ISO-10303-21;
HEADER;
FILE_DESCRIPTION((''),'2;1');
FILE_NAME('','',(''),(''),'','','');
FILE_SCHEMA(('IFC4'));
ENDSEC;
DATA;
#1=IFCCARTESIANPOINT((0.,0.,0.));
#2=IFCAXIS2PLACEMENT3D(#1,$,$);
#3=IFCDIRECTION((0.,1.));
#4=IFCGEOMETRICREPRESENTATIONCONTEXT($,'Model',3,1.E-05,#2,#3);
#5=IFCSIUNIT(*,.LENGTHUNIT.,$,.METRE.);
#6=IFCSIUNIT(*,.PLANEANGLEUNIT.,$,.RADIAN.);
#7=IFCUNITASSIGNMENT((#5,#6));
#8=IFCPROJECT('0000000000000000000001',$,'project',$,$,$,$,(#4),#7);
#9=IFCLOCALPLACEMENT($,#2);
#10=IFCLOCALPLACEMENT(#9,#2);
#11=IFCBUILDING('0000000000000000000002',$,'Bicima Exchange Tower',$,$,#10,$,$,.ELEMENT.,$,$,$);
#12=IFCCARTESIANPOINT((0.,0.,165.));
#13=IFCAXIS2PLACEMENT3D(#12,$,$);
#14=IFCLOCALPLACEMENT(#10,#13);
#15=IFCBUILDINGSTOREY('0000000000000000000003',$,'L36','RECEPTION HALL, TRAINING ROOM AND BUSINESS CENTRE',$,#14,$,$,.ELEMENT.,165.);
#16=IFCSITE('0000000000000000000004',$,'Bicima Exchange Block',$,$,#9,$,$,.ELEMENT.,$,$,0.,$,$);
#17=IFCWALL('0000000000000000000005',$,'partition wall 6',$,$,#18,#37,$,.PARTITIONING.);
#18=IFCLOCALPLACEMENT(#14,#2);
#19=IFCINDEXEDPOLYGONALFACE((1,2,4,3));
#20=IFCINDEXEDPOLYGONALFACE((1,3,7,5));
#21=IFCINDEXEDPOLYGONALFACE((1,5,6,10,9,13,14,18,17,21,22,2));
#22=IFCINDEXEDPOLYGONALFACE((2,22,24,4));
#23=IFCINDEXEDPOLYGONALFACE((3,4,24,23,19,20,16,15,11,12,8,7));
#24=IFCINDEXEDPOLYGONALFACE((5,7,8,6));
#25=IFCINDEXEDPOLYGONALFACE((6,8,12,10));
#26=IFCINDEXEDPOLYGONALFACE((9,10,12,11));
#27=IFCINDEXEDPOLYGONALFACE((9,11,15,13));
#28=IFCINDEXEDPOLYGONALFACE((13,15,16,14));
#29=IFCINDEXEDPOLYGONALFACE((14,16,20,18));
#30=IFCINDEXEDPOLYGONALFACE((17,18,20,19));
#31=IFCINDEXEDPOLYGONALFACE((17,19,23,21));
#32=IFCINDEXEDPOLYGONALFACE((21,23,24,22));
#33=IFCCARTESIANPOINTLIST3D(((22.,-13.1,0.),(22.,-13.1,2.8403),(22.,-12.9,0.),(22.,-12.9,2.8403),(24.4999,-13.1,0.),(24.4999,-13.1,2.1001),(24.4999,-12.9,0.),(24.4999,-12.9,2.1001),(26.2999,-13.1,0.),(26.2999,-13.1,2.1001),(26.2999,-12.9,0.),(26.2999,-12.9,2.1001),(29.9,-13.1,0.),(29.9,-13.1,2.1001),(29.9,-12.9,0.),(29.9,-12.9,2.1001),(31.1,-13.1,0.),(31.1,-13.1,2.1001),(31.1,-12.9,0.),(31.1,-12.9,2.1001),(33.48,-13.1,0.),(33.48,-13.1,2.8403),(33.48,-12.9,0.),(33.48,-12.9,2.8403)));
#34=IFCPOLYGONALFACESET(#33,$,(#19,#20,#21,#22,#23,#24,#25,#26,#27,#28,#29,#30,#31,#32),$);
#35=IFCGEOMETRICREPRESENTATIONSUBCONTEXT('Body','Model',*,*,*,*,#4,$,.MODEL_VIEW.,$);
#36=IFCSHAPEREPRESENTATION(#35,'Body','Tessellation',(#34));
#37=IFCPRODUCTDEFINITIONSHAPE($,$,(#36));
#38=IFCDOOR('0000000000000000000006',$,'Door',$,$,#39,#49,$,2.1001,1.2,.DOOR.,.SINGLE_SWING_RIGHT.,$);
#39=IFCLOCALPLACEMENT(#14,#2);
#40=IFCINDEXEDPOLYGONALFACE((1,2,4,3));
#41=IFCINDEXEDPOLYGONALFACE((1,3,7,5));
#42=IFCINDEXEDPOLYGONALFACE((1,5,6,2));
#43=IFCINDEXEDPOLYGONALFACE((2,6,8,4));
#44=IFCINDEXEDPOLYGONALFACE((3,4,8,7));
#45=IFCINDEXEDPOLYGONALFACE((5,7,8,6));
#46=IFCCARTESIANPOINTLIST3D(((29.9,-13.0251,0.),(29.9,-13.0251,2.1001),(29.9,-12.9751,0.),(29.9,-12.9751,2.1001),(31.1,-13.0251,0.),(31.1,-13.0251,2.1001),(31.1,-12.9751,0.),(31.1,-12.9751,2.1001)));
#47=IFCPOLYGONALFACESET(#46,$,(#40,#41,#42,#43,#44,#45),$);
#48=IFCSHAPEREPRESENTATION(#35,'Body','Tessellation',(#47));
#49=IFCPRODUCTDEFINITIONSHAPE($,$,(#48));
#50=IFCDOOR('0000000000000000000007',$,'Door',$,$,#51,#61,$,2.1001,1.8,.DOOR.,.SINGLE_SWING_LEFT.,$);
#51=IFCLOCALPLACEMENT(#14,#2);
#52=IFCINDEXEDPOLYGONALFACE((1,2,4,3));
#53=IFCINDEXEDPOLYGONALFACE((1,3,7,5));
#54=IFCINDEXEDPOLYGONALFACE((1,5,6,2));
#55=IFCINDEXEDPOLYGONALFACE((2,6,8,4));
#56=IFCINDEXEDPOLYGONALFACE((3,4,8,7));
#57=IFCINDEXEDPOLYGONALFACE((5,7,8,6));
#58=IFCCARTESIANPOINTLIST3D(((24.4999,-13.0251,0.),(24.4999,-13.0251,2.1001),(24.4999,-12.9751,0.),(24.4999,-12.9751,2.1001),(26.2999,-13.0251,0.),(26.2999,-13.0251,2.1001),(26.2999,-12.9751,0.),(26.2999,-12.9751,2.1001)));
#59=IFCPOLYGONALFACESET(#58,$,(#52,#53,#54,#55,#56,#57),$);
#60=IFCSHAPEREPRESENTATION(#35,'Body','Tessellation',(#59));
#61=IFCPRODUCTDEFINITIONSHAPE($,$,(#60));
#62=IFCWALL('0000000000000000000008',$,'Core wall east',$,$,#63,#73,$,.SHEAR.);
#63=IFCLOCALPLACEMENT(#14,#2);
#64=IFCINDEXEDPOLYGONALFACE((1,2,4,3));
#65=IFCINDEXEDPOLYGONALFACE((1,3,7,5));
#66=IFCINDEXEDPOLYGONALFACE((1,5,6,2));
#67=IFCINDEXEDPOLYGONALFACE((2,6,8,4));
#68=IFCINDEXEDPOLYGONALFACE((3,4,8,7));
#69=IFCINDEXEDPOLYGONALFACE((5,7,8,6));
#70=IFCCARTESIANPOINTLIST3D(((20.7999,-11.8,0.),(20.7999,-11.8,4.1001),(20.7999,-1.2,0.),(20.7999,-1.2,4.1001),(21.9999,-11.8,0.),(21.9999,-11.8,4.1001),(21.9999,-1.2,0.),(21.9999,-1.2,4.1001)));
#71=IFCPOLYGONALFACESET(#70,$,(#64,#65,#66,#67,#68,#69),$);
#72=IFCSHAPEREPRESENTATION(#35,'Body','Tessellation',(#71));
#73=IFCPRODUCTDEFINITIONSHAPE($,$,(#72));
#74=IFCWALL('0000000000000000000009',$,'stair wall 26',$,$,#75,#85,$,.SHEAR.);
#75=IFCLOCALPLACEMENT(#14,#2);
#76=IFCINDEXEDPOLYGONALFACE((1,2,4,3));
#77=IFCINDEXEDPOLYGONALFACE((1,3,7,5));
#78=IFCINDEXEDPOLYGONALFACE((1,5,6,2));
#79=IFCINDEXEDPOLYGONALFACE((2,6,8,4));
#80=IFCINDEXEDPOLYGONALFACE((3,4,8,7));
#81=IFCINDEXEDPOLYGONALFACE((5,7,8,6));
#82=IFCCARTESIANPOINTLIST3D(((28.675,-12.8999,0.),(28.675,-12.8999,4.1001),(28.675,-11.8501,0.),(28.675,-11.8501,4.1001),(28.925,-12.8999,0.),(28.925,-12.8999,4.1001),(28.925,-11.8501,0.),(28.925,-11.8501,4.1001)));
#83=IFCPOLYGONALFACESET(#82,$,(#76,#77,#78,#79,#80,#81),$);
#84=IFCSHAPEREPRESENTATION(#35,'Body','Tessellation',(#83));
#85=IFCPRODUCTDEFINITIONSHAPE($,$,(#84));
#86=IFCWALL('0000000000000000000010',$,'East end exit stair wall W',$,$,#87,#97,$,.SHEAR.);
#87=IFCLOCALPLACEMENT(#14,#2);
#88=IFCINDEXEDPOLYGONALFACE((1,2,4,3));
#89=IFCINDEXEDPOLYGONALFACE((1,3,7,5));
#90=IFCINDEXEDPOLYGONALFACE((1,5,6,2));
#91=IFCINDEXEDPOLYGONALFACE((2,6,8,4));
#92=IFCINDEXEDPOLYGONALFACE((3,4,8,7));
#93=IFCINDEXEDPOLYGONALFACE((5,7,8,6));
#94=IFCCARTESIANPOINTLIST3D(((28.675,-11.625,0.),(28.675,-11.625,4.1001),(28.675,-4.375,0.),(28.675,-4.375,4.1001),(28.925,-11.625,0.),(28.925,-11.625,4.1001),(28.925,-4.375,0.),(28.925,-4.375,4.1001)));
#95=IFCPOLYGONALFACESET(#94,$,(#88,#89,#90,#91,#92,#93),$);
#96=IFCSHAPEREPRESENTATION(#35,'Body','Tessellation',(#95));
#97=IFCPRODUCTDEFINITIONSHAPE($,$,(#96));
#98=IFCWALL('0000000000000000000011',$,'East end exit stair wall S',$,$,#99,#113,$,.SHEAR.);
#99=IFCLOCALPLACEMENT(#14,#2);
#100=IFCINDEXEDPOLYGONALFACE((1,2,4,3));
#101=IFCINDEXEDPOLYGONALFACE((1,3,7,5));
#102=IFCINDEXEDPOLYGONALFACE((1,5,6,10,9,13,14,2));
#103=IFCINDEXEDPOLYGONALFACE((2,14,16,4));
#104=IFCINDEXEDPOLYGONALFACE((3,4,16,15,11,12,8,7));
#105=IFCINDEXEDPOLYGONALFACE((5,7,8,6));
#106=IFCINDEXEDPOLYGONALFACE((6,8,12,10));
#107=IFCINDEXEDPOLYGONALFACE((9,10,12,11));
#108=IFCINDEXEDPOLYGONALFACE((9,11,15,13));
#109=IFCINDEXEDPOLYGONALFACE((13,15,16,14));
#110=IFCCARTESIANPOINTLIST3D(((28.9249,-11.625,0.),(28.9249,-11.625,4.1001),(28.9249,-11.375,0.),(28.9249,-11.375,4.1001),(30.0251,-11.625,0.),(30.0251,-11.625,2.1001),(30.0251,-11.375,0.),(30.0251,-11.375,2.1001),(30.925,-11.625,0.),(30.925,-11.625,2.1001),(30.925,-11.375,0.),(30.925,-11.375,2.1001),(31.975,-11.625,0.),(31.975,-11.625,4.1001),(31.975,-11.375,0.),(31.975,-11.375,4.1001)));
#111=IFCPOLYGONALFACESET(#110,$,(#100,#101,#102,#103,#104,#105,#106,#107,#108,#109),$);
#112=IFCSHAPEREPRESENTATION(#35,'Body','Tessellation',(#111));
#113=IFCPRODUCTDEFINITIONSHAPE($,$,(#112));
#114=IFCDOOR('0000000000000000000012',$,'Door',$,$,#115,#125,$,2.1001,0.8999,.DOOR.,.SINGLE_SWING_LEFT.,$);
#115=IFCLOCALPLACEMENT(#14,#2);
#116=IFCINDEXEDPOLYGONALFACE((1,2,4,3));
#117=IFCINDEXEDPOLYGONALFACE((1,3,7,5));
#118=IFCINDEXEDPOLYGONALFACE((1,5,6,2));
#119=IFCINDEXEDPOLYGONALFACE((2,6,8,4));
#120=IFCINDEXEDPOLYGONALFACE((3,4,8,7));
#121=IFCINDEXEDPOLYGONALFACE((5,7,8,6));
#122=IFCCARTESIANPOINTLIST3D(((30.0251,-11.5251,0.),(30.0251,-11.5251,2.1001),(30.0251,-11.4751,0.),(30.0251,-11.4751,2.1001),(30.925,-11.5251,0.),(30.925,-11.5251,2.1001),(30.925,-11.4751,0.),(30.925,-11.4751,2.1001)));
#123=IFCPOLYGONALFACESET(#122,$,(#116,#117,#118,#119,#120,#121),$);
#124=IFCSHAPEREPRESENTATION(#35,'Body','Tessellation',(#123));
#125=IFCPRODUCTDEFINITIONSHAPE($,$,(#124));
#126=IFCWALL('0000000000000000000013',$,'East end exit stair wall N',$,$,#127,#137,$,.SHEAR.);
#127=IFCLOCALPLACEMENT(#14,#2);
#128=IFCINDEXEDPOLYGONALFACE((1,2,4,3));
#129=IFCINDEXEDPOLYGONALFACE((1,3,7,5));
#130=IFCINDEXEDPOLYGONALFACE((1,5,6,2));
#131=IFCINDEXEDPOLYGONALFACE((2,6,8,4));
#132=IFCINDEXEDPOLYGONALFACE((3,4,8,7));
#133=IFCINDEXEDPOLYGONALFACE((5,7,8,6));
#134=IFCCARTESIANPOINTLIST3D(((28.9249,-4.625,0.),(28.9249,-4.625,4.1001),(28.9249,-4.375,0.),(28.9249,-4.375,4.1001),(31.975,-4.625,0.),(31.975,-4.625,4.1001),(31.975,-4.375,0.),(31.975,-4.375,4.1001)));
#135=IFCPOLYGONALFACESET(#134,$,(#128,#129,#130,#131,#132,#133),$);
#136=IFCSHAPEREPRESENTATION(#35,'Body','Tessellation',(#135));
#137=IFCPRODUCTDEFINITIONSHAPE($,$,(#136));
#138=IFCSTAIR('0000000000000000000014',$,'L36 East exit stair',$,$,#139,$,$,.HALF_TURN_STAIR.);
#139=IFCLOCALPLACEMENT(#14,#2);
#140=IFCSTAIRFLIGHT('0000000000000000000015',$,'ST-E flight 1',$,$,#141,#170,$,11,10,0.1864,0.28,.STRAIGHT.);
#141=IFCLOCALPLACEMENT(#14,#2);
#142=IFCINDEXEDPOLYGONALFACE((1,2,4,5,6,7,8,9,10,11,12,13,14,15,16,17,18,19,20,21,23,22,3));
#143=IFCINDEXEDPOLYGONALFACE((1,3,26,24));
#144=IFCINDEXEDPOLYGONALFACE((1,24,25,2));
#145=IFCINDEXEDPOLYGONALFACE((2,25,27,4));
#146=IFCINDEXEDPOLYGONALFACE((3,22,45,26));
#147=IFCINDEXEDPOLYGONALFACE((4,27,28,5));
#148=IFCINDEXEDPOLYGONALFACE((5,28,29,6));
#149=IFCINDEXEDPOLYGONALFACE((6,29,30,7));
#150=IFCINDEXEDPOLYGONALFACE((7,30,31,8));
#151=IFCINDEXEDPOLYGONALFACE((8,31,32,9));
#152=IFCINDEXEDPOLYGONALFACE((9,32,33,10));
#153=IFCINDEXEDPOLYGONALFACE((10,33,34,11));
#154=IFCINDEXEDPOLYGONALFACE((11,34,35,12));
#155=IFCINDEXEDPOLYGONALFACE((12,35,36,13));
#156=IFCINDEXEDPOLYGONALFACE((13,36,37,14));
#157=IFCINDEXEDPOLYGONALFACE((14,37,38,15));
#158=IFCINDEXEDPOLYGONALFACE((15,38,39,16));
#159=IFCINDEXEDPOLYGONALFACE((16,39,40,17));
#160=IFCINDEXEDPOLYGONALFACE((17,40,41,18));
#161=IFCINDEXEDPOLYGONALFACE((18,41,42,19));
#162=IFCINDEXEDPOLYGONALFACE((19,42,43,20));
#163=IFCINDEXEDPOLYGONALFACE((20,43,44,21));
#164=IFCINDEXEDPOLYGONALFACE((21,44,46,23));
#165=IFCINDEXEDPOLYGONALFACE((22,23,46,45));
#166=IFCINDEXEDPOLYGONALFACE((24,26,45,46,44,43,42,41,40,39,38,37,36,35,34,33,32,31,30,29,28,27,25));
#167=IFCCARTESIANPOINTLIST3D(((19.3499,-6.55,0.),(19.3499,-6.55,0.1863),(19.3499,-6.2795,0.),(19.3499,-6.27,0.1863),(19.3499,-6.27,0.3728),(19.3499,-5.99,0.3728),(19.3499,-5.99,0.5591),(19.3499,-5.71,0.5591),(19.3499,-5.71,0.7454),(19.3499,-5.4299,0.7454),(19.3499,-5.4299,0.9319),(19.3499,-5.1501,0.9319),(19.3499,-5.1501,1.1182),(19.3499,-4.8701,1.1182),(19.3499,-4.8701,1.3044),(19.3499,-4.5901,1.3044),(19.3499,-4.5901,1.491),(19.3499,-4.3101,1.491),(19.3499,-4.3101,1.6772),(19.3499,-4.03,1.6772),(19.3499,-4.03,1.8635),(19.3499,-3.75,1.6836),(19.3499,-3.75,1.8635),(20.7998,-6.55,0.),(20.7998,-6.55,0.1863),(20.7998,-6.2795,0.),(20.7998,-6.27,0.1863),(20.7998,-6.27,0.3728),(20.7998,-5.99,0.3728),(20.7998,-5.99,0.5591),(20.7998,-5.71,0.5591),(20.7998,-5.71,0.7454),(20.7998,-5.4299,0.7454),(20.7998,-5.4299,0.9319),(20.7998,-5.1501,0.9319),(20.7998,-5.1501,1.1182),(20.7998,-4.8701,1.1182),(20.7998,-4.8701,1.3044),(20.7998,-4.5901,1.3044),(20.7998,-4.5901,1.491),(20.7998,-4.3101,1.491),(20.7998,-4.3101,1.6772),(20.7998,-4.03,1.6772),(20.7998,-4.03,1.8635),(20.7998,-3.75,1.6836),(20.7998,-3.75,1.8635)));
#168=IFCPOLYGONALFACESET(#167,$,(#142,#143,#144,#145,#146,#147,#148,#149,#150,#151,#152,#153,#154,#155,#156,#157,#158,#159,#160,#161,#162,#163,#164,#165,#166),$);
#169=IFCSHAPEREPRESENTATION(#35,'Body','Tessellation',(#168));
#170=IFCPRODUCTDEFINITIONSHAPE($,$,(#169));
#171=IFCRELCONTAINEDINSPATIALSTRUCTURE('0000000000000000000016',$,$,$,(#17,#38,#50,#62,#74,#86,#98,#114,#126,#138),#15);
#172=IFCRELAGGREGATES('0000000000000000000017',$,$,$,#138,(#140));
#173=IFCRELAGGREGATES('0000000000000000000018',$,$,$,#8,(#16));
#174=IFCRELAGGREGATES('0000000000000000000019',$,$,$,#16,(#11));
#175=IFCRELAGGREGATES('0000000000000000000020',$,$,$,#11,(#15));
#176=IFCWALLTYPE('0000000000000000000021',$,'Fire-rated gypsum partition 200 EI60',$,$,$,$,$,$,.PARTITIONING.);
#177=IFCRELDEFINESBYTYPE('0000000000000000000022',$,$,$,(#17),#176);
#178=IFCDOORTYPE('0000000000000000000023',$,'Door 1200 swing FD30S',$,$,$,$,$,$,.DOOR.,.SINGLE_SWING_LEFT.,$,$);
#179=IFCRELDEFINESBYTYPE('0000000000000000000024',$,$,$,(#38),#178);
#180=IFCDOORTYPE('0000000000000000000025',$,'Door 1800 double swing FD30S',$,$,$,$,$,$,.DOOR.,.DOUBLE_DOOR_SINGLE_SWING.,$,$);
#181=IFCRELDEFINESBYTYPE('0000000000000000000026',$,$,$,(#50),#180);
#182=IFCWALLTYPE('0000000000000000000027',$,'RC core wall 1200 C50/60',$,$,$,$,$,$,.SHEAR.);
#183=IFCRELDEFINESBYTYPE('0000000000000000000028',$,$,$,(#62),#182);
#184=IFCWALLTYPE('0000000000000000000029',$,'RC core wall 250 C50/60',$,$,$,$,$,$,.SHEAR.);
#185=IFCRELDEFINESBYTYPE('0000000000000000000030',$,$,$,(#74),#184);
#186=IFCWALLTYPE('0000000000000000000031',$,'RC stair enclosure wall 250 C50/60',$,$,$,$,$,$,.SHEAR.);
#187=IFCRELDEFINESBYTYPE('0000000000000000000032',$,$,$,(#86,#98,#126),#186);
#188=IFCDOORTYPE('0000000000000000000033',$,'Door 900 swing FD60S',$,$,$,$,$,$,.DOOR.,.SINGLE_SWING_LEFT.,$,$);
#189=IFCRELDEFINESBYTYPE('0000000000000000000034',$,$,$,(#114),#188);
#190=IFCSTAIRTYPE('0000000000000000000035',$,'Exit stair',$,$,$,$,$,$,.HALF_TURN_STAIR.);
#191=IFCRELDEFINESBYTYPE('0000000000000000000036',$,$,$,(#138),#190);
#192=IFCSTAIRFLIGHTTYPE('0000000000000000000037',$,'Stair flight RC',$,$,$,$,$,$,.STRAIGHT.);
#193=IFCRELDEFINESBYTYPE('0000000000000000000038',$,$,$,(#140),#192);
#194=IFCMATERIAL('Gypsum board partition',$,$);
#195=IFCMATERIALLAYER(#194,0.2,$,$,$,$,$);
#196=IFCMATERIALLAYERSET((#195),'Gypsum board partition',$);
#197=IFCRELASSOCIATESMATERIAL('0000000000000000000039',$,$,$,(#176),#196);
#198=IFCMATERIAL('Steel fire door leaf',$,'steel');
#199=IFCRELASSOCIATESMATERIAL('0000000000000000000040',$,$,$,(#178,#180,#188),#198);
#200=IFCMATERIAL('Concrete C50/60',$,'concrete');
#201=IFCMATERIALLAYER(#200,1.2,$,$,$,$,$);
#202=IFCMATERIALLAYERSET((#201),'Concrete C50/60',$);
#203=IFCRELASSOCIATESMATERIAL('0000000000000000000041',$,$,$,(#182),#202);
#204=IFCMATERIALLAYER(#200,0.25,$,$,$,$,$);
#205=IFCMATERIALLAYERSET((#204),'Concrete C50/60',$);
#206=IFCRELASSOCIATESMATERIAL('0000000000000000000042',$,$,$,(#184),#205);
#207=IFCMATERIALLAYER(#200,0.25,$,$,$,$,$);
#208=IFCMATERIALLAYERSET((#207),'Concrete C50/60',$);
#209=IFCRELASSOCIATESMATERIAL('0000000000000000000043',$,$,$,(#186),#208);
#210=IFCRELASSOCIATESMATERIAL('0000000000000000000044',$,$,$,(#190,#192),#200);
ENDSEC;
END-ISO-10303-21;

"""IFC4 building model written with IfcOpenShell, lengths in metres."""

from ifc_helpers import new_model, si_unit, direction, frame, frame_2d, origin, place, context, subcontext, project, spatial, polyline, rectangle, outline, extrude, material, layer, layer_set, type_object, element, fill, aggregate, save


model = new_model("IFC4")

# Units and contexts
model_context = context("Model", 3, precision=1e-05, world=origin(), true_north=direction((0.0, 1.0)))
body_context = subcontext(model_context, "Body", "Model", "MODEL_VIEW")
ifc_project = project(units=[si_unit("LENGTHUNIT", "METRE"), si_unit("PLANEANGLEUNIT", "RADIAN")], contexts=[model_context])

# Site, building, storey
site_placement = place(None, origin())
site = spatial("IfcSite", under=ifc_project, at=site_placement, Name="Bicima Exchange Block", CompositionType="ELEMENT", RefElevation=0.0)
building_placement = place(site_placement, origin())
building = spatial("IfcBuilding", under=site, at=building_placement, Name="Bicima Exchange Tower", CompositionType="ELEMENT")
storey_placement = place(building_placement, frame((0.0, 0.0, 165.0)))
storey = spatial("IfcBuildingStorey", under=building, at=storey_placement, Name="L36", Description="RECEPTION HALL, TRAINING ROOM AND BUSINESS CENTRE", CompositionType="ELEMENT", Elevation=165.0)

# Wall, openings, doors
ifc_material_1 = material(Name="Gypsum board partition")
ifc_layer_1 = layer(ifc_material_1, 0.2)
ifc_layer_set_1 = layer_set([ifc_layer_1], Name="Gypsum board partition")
wall_type_1 = type_object("IfcWallType", Name="Fire-rated gypsum partition 200 EI60", PredefinedType="PARTITIONING", material=ifc_layer_set_1)
wall_1_placement = place(storey_placement, frame((22.0, -13.0, 0.0), z_axis=(0.0, 0.0, 1.0), x_axis=(1.0, 0.0, 0.0)))
wall_1 = element("IfcWall", 1, at=wall_1_placement, inside=storey, type_object=wall_type_1, Name="partition wall 6", PredefinedType="PARTITIONING", context=body_context, shape_type="SweptSolid", body=[
    extrude(rectangle(XDim=11.48, YDim=0.2, at=frame_2d((5.74, 0.0))), origin(), (0.0, 0.0, 1.0), 2.8403),
])
opening_1_placement = place(wall_1_placement, frame((7.8999, 0.0, 0.0)))
opening_1 = element("IfcOpeningElement", 2, at=opening_1_placement, cuts=wall_1, PredefinedType="OPENING", context=body_context, shape_type="SweptSolid", body=[
    extrude(rectangle(XDim=1.2, YDim=2.1001, at=frame_2d((0.6001, 1.05))), frame((0.0, 0.1118, 0.0), z_axis=(0.0, -1.0, 0.0), x_axis=(1.0, 0.0, 0.0)), (0.0, 0.0, 1.0), 0.2239),
])
opening_2_placement = place(wall_1_placement, frame((2.5, 0.0, 0.0)))
opening_2 = element("IfcOpeningElement", 3, at=opening_2_placement, cuts=wall_1, PredefinedType="OPENING", context=body_context, shape_type="SweptSolid", body=[
    extrude(rectangle(XDim=1.8, YDim=2.1001, at=frame_2d((0.8999, 1.05))), frame((0.0, 0.1118, 0.0), z_axis=(0.0, -1.0, 0.0), x_axis=(1.0, 0.0, 0.0)), (0.0, 0.0, 1.0), 0.2239),
])
ifc_material_2 = material(Name="Steel fire door leaf", Category="steel")
door_type_1 = type_object("IfcDoorType", Name="Door 1200 swing FD30S", OperationType="SINGLE_SWING_LEFT", PredefinedType="DOOR", material=ifc_material_2)
door_1_placement = place(opening_1_placement, origin())
door_1 = element("IfcDoor", 4, at=door_1_placement, inside=storey, type_object=door_type_1, Name="Door", OperationType="SINGLE_SWING_RIGHT", OverallHeight=2.1001, OverallWidth=1.2, PredefinedType="DOOR", context=body_context, shape_type="SweptSolid", body=[
    extrude(rectangle(XDim=1.2, YDim=2.1001, at=frame_2d((0.6001, 1.05))), frame((0.0, 0.0249, 0.0), z_axis=(0.0, -1.0, 0.0), x_axis=(1.0, 0.0, 0.0)), (0.0, 0.0, 1.0), 0.05),
])
fill(opening_1, door_1)
door_type_2 = type_object("IfcDoorType", Name="Door 1800 double swing FD30S", OperationType="DOUBLE_DOOR_SINGLE_SWING", PredefinedType="DOOR", material=ifc_material_2)
door_2_placement = place(opening_2_placement, origin())
door_2 = element("IfcDoor", 5, at=door_2_placement, inside=storey, type_object=door_type_2, Name="Door", OperationType="SINGLE_SWING_LEFT", OverallHeight=2.1001, OverallWidth=1.8, PredefinedType="DOOR", context=body_context, shape_type="SweptSolid", body=[
    extrude(rectangle(XDim=1.8, YDim=2.1001, at=frame_2d((0.8999, 1.05))), frame((0.0, 0.0249, 0.0), z_axis=(0.0, -1.0, 0.0), x_axis=(1.0, 0.0, 0.0)), (0.0, 0.0, 1.0), 0.05),
])
fill(opening_2, door_2)

# Walls
ifc_material_3 = material(Name="Concrete C50/60", Category="concrete")
ifc_layer_2 = layer(ifc_material_3, 1.2)
ifc_layer_set_2 = layer_set([ifc_layer_2], Name="Concrete C50/60")
wall_type_2 = type_object("IfcWallType", Name="RC core wall 1200 C50/60", PredefinedType="SHEAR", material=ifc_layer_set_2)
wall_2_placement = place(storey_placement, frame((21.3999, -11.8, 0.0), z_axis=(0.0, 0.0, 1.0), x_axis=(0.0, 1.0, 0.0)))
element("IfcWall", 6, at=wall_2_placement, inside=storey, type_object=wall_type_2, Name="Core wall east", PredefinedType="SHEAR", context=body_context, shape_type="SweptSolid", body=[
    extrude(rectangle(XDim=10.6001, YDim=1.2, at=frame_2d((5.3, 0.0))), origin(), (0.0, 0.0, 1.0), 4.1001),
])
ifc_layer_3 = layer(ifc_material_3, 0.25)
ifc_layer_set_3 = layer_set([ifc_layer_3], Name="Concrete C50/60")
wall_type_3 = type_object("IfcWallType", Name="RC core wall 250 C50/60", PredefinedType="SHEAR", material=ifc_layer_set_3)
wall_3_placement = place(storey_placement, frame((28.8, -12.8999, 0.0), z_axis=(0.0, 0.0, 1.0), x_axis=(0.0, 1.0, 0.0)))
element("IfcWall", 7, at=wall_3_placement, inside=storey, type_object=wall_type_3, Name="stair wall 26", PredefinedType="SHEAR", context=body_context, shape_type="SweptSolid", body=[
    extrude(rectangle(XDim=1.0498, YDim=0.25, at=frame_2d((0.5249, 0.0))), origin(), (0.0, 0.0, 1.0), 4.1001),
])
ifc_layer_4 = layer(ifc_material_3, 0.25)
ifc_layer_set_4 = layer_set([ifc_layer_4], Name="Concrete C50/60")
wall_type_4 = type_object("IfcWallType", Name="RC stair enclosure wall 250 C50/60", PredefinedType="SHEAR", material=ifc_layer_set_4)
wall_4_placement = place(storey_placement, frame((28.8, -11.625, 0.0), z_axis=(0.0, 0.0, 1.0), x_axis=(0.0, 1.0, 0.0)))
element("IfcWall", 8, at=wall_4_placement, inside=storey, type_object=wall_type_4, Name="East end exit stair wall W", PredefinedType="SHEAR", context=body_context, shape_type="SweptSolid", body=[
    extrude(rectangle(XDim=7.25, YDim=0.25, at=frame_2d((3.625, 0.0))), origin(), (0.0, 0.0, 1.0), 4.1001),
])

# Wall, opening, door
wall_5_placement = place(storey_placement, frame((28.925, -11.5, 0.0), z_axis=(0.0, 0.0, 1.0), x_axis=(1.0, 0.0, 0.0)))
wall_5 = element("IfcWall", 9, at=wall_5_placement, inside=storey, type_object=wall_type_4, Name="East end exit stair wall S", PredefinedType="SHEAR", context=body_context, shape_type="SweptSolid", body=[
    extrude(rectangle(XDim=3.05, YDim=0.25, at=frame_2d((1.5249, 0.0))), origin(), (0.0, 0.0, 1.0), 4.1001),
])
opening_3_placement = place(wall_5_placement, frame((1.1001, 0.0, 0.0)))
opening_3 = element("IfcOpeningElement", 10, at=opening_3_placement, cuts=wall_5, PredefinedType="OPENING", context=body_context, shape_type="SweptSolid", body=[
    extrude(rectangle(XDim=0.8999, YDim=2.1001, at=frame_2d((0.45, 1.05))), frame((0.0, 0.137, 0.0), z_axis=(0.0, -1.0, 0.0), x_axis=(1.0, 0.0, 0.0)), (0.0, 0.0, 1.0), 0.2739),
])
door_type_3 = type_object("IfcDoorType", Name="Door 900 swing FD60S", OperationType="SINGLE_SWING_LEFT", PredefinedType="DOOR", material=ifc_material_2)
door_3_placement = place(opening_3_placement, origin())
door_3 = element("IfcDoor", 11, at=door_3_placement, inside=storey, type_object=door_type_3, Name="Door", OperationType="SINGLE_SWING_LEFT", OverallHeight=2.1001, OverallWidth=0.8999, PredefinedType="DOOR", context=body_context, shape_type="SweptSolid", body=[
    extrude(rectangle(XDim=0.8999, YDim=2.1001, at=frame_2d((0.45, 1.05))), frame((0.0, 0.0249, 0.0), z_axis=(0.0, -1.0, 0.0), x_axis=(1.0, 0.0, 0.0)), (0.0, 0.0, 1.0), 0.05),
])
fill(opening_3, door_3)

# Wall
wall_6_placement = place(storey_placement, frame((28.925, -4.5, 0.0), z_axis=(0.0, 0.0, 1.0), x_axis=(1.0, 0.0, 0.0)))
element("IfcWall", 12, at=wall_6_placement, inside=storey, type_object=wall_type_4, Name="East end exit stair wall N", PredefinedType="SHEAR", context=body_context, shape_type="SweptSolid", body=[
    extrude(rectangle(XDim=3.05, YDim=0.25, at=frame_2d((1.5249, 0.0))), origin(), (0.0, 0.0, 1.0), 4.1001),
])

# Stair, stair flight
stair_type = type_object("IfcStairType", Name="Exit stair", PredefinedType="HALF_TURN_STAIR", material=ifc_material_3)
stair_1_placement = place(storey_placement, origin())
stair_1 = element("IfcStair", 13, at=stair_1_placement, inside=storey, type_object=stair_type, Name="L36 East exit stair", PredefinedType="HALF_TURN_STAIR")
stair_flight_type = type_object("IfcStairFlightType", Name="Stair flight RC", PredefinedType="STRAIGHT", material=ifc_material_3)
stair_flight_1_placement = place(storey_placement, frame((20.075, -6.55, 0.0), z_axis=(0.0, 0.0, 1.0), x_axis=(0.0, 1.0, 0.0)))
stair_flight_1 = element("IfcStairFlight", 14, at=stair_flight_1_placement, type_object=stair_flight_type, Name="ST-E flight 1", NumberOfRisers=11, NumberOfTreads=10, PredefinedType="STRAIGHT", RiserHeight=0.1864, TreadLength=0.28, context=body_context, shape_type="SweptSolid", body=[
    extrude(outline(polyline([(0.0, 0.0), (0.0, 0.1863), (0.28, 0.1863), (0.28, 0.3728), (0.5601, 0.3728), (0.5601, 0.5591), (0.8401, 0.5591), (0.8401, 0.7454), (1.1201, 0.7454), (1.1201, 0.9319), (1.3999, 0.9319), (1.3999, 1.1182), (1.6799, 1.1182), (1.6799, 1.3044), (1.96, 1.3044), (1.96, 1.491), (2.24, 1.491), (2.24, 1.6772), (2.52, 1.6772), (2.52, 1.8635), (2.8, 1.8635), (2.8, 2.05), (2.8, 1.6836), (0.2705, 0.0), (0.0, 0.0)])), frame((0.0, 0.7251, 0.0), z_axis=(0.0, -1.0, 0.0), x_axis=(1.0, 0.0, 0.0)), (0.0, 0.0, 1.0), 1.45),
])
aggregate(stair_1, [stair_flight_1])

save(model, "model.ifc")
